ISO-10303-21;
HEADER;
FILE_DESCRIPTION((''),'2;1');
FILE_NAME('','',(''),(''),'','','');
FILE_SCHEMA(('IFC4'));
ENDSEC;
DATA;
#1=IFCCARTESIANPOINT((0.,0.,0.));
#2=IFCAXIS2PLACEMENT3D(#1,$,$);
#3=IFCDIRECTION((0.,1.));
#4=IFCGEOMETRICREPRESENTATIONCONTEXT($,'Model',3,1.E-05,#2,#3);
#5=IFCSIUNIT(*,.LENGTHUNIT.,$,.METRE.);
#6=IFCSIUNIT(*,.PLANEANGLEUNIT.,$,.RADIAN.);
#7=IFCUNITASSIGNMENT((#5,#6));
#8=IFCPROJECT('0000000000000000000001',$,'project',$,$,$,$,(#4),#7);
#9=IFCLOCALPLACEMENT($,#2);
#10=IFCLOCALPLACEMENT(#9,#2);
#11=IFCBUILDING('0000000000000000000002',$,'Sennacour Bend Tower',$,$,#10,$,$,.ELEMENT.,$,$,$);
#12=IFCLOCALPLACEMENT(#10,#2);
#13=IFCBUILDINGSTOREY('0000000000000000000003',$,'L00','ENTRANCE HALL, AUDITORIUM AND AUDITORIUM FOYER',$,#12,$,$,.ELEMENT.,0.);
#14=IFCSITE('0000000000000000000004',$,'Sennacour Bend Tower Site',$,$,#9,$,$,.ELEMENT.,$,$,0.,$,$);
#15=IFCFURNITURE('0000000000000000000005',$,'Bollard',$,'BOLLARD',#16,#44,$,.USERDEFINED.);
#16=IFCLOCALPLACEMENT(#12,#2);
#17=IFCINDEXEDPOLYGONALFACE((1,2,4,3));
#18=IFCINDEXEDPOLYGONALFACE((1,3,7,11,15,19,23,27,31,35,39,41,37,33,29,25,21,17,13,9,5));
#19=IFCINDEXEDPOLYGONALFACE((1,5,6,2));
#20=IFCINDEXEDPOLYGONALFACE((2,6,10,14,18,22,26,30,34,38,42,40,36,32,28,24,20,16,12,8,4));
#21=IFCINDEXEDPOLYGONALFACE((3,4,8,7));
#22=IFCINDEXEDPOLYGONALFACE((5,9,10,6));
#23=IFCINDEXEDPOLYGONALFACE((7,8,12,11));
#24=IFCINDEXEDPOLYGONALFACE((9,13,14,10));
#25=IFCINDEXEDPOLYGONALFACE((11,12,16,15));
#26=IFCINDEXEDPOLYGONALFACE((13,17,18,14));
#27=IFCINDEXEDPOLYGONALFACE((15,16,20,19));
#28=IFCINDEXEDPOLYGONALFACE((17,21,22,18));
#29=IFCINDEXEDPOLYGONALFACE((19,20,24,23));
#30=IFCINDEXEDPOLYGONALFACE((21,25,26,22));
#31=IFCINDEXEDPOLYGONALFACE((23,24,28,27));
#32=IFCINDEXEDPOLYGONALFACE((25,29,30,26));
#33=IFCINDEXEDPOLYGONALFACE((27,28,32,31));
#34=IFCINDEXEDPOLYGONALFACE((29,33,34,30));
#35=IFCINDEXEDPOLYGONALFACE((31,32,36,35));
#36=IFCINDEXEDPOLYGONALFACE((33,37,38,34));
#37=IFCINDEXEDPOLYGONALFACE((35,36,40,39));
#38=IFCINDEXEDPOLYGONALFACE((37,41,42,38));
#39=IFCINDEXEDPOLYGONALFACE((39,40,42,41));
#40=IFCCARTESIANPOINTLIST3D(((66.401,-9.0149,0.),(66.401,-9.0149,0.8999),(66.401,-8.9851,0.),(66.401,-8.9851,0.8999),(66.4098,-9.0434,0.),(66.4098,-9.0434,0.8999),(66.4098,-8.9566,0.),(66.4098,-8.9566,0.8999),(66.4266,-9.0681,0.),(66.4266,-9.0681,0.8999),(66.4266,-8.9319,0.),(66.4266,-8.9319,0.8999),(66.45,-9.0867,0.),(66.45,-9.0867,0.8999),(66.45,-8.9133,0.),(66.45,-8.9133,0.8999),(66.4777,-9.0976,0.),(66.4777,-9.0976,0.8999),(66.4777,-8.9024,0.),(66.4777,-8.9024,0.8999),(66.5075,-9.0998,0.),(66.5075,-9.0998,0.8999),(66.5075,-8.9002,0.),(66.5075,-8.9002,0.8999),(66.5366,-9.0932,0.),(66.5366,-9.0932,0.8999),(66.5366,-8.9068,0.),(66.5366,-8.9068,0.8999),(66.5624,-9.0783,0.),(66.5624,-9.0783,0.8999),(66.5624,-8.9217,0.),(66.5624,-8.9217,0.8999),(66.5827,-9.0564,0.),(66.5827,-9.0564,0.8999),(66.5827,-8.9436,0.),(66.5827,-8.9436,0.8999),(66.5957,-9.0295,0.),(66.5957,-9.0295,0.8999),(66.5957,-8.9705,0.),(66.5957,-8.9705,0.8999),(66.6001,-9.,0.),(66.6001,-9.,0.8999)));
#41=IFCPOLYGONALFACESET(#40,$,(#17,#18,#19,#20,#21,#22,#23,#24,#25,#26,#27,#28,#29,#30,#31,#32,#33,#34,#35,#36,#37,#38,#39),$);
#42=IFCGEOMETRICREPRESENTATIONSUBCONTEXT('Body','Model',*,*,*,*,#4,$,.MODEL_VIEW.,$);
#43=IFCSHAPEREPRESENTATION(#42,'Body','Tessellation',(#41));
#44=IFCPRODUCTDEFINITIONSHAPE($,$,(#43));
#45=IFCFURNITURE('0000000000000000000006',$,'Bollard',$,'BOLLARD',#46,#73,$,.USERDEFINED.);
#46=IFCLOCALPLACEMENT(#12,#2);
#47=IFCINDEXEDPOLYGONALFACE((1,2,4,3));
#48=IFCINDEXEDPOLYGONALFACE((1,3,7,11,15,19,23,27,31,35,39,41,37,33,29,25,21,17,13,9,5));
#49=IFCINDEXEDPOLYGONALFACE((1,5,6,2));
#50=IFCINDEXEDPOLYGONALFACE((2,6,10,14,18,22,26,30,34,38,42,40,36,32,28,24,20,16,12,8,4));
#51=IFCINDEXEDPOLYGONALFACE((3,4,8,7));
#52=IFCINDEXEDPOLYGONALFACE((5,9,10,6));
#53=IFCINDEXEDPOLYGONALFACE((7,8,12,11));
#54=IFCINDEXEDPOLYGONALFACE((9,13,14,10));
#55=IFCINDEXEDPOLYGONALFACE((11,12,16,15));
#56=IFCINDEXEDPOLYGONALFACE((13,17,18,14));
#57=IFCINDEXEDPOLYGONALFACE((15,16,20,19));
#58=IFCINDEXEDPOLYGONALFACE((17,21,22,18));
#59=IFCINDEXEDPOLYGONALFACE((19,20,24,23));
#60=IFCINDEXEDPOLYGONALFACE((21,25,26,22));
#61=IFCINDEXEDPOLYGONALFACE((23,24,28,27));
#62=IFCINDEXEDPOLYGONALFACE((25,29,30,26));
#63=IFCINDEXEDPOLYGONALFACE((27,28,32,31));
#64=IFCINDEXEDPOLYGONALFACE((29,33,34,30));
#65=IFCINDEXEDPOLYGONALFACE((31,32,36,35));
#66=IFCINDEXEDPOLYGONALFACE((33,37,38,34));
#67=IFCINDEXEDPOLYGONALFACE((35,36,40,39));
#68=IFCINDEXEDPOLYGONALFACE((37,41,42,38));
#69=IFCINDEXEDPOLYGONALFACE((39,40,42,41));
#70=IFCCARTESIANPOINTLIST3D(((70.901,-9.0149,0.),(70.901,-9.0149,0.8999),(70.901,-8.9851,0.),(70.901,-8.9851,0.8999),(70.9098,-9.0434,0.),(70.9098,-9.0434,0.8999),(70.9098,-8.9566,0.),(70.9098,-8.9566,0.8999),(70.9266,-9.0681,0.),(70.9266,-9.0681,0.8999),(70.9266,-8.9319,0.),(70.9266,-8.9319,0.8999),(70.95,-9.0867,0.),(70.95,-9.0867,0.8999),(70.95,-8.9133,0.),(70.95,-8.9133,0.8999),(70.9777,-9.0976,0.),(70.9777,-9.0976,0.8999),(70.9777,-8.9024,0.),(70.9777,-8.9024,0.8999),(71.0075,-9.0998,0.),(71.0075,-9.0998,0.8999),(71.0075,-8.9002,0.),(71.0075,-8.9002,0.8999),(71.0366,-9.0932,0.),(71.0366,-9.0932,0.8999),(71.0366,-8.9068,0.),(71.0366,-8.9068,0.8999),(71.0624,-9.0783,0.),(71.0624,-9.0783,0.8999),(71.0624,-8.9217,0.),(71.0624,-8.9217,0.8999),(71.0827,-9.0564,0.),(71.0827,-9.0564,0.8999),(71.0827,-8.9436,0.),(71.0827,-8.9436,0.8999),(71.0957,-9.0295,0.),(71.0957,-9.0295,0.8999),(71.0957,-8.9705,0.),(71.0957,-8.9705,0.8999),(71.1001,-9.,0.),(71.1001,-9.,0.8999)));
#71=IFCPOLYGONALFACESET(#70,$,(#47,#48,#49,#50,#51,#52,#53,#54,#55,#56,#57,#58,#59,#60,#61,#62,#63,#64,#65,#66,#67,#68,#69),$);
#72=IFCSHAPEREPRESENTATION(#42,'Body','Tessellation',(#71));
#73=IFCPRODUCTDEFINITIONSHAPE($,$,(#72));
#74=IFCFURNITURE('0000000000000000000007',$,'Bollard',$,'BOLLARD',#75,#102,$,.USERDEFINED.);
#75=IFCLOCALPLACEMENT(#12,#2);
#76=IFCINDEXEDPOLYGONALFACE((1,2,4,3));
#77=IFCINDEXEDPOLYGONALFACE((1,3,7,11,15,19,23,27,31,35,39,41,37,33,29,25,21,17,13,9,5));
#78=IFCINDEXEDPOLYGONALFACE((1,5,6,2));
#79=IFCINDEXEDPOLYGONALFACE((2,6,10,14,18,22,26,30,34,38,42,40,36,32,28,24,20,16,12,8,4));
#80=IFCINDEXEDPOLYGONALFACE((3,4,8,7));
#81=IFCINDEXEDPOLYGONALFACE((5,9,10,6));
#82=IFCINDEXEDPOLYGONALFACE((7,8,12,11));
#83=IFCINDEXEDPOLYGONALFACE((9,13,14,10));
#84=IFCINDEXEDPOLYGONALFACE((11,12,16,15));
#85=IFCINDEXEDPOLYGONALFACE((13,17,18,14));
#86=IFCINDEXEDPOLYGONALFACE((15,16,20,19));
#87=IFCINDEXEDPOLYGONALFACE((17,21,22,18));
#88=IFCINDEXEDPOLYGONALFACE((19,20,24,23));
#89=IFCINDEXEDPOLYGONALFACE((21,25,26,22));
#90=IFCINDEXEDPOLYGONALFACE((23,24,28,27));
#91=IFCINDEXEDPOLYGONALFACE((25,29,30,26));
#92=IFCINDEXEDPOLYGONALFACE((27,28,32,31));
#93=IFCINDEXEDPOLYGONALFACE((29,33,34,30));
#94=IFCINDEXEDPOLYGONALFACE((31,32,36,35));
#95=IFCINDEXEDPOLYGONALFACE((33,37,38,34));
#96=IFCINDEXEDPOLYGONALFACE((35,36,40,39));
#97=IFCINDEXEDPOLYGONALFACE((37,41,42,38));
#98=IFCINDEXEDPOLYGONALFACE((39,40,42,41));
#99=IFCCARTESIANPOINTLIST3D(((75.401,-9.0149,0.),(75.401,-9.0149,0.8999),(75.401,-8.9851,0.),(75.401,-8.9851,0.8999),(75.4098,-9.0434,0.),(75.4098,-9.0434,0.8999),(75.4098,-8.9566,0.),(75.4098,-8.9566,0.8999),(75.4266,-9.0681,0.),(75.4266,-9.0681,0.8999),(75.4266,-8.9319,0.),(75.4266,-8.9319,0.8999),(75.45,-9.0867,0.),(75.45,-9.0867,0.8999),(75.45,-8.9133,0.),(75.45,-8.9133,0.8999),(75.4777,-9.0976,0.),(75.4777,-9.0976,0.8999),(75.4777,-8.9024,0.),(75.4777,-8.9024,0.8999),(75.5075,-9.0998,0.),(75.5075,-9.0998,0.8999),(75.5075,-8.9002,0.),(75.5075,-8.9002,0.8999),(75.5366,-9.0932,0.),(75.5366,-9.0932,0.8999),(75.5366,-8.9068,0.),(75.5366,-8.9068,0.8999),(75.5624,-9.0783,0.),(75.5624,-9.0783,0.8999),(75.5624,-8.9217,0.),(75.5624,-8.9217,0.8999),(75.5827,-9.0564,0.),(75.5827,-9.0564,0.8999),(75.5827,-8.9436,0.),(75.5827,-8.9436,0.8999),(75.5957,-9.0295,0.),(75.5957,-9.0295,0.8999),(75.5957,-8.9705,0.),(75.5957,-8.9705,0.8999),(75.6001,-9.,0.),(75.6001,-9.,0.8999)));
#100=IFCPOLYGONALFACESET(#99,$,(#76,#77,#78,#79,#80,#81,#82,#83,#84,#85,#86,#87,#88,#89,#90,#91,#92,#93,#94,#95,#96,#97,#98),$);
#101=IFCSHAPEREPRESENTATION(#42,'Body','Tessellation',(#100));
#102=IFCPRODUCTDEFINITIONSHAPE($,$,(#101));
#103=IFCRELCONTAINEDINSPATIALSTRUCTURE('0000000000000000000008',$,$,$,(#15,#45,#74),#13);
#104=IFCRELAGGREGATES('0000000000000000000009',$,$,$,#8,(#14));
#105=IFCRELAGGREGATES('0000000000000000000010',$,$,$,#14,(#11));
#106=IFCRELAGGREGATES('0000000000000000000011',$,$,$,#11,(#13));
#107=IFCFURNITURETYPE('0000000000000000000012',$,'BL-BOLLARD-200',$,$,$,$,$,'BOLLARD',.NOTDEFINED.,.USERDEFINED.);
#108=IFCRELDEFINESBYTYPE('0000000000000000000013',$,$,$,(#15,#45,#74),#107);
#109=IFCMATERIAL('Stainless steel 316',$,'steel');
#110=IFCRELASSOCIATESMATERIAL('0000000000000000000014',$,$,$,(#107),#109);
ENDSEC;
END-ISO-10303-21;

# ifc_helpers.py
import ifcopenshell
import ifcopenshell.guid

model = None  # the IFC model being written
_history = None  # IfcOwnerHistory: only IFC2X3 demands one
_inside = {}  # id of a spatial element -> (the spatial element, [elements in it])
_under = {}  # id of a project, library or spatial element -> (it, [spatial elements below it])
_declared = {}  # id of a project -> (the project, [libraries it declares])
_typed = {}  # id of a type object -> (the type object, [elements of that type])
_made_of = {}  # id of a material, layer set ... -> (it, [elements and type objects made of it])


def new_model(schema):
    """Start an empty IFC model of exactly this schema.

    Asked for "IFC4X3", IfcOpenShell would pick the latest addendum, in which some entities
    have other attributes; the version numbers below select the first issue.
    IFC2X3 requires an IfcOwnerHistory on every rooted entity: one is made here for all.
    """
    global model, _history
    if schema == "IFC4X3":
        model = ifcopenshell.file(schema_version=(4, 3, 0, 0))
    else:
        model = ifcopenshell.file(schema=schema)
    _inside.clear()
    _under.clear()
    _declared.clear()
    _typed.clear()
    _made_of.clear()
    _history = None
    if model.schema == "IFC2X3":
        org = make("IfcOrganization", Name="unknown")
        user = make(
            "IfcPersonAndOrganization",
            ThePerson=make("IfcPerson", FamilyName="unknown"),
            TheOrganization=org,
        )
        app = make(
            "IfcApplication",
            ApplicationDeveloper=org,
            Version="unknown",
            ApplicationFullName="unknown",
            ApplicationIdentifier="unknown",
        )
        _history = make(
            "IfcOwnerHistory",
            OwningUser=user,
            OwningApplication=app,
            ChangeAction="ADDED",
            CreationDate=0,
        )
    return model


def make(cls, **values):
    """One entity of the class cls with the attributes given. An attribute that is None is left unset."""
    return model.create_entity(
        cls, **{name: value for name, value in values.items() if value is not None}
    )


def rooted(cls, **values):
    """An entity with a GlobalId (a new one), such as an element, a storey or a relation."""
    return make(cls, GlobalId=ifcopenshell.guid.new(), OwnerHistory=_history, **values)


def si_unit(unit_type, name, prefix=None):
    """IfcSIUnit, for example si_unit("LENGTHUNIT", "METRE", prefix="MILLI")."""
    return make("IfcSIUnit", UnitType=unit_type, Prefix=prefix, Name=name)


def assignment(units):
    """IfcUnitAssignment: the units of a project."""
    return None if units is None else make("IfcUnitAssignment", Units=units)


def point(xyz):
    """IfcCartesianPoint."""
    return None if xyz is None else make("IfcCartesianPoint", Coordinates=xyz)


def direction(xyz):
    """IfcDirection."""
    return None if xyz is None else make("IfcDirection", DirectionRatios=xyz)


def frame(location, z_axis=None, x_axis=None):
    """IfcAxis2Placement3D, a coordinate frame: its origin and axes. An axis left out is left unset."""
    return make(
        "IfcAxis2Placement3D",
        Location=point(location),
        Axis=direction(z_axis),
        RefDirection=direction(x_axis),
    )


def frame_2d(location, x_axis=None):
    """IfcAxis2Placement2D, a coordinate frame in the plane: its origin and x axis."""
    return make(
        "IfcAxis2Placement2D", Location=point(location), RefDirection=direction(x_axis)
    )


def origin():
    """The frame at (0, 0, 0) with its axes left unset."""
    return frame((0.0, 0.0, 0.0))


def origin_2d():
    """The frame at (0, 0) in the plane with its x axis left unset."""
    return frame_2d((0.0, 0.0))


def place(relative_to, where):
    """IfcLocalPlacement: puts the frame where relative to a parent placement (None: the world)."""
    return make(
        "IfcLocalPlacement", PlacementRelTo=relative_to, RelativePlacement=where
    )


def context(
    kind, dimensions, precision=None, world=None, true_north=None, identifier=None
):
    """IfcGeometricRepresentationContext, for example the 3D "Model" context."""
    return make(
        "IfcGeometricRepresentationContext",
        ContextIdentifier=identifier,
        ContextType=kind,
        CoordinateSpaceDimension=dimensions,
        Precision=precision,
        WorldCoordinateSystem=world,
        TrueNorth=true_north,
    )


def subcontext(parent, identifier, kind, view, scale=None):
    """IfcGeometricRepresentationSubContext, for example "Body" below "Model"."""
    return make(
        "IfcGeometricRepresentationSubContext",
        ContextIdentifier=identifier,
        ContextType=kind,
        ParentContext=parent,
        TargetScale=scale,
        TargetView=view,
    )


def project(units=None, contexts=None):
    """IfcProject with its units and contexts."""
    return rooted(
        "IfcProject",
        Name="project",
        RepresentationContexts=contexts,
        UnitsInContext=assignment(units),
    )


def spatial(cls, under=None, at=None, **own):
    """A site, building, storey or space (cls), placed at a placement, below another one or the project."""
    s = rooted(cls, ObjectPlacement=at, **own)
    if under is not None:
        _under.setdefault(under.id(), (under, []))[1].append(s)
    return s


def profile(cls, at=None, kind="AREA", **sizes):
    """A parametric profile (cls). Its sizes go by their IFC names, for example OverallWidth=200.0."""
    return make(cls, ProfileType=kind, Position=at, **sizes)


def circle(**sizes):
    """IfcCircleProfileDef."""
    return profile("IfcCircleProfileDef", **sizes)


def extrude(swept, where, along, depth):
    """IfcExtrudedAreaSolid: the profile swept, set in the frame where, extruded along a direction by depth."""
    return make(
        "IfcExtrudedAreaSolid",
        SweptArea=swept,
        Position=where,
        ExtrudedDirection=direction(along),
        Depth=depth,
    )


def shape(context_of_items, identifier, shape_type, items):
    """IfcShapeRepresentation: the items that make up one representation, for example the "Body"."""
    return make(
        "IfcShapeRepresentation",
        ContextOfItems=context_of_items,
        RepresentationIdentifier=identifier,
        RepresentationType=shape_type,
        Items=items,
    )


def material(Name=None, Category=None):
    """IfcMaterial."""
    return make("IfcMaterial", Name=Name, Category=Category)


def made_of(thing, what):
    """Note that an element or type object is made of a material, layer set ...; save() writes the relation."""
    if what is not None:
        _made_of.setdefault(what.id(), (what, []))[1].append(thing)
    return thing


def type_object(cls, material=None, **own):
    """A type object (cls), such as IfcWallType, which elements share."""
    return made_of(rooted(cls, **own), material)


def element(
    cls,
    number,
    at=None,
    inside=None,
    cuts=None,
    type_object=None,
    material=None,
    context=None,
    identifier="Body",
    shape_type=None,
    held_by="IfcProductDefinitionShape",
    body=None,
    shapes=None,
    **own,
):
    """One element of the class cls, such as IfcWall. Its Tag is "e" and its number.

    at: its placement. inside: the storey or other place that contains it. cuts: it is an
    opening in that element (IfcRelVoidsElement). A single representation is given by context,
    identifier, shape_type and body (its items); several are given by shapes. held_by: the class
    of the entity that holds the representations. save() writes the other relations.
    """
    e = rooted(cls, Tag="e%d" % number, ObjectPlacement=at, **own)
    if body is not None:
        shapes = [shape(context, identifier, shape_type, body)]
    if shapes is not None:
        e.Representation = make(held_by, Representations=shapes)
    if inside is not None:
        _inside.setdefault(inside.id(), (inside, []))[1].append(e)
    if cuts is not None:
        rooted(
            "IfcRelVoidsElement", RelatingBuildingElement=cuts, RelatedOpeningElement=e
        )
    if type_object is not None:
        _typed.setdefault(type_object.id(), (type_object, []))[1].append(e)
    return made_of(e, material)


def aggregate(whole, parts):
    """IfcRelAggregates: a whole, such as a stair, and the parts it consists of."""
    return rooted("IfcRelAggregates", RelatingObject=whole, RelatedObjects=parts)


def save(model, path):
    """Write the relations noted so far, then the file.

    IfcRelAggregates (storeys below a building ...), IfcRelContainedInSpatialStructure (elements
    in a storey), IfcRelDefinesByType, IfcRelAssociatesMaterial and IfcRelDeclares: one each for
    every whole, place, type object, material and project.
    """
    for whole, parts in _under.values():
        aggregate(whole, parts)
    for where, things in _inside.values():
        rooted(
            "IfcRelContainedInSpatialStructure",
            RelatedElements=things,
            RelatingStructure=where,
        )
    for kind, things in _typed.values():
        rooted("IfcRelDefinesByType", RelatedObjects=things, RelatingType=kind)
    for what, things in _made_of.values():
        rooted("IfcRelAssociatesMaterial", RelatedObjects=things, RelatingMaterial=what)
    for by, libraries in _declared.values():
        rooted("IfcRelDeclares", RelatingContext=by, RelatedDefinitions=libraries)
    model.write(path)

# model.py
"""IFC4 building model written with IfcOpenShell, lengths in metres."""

from ifc_helpers import new_model, si_unit, direction, frame, origin, origin_2d, place, context, subcontext, project, spatial, circle, extrude, material, type_object, element, save


model = new_model("IFC4")

# Units and contexts
model_context = context("Model", 3, precision=1e-05, world=origin(), true_north=direction((0.0, 1.0)))
body_context = subcontext(model_context, "Body", "Model", "MODEL_VIEW")
ifc_project = project(units=[si_unit("LENGTHUNIT", "METRE"), si_unit("PLANEANGLEUNIT", "RADIAN")], contexts=[model_context])

# Site, building, storey
site_placement = place(None, origin())
site = spatial("IfcSite", under=ifc_project, at=site_placement, Name="Sennacour Bend Tower Site", CompositionType="ELEMENT", RefElevation=0.0)
building_placement = place(site_placement, origin())
building = spatial("IfcBuilding", under=site, at=building_placement, Name="Sennacour Bend Tower", CompositionType="ELEMENT")
storey_placement = place(building_placement, origin())
storey = spatial("IfcBuildingStorey", under=building, at=storey_placement, Name="L00", Description="ENTRANCE HALL, AUDITORIUM AND AUDITORIUM FOYER", CompositionType="ELEMENT", Elevation=0.0)

# Shared definitions
ifc_material_1 = material(Name="Stainless steel 316", Category="steel")

# Furniture
furniture_type = type_object("IfcFurnitureType", Name="BL-BOLLARD-200", ElementType="BOLLARD", AssemblyPlace="NOTDEFINED", PredefinedType="USERDEFINED", material=ifc_material_1)
for number, where, z_axis, x_axis, name in (
    (1, (66.5, -9.0, 0.8999), (0.0, 0.0, -1.0), (1.0, 0.0, 0.0), "Bollard"),
    (2, (71.0, -9.0, 0.8999), (0.0, 0.0, -1.0), (1.0, 0.0, 0.0), "Bollard"),
    (3, (75.5, -9.0, 0.8999), (0.0, 0.0, -1.0), (1.0, 0.0, 0.0), "Bollard"),
):
    element("IfcFurniture", number, at=place(storey_placement, frame(where, z_axis=z_axis, x_axis=x_axis)), inside=storey, type_object=furniture_type, Name=name, ObjectType="BOLLARD", PredefinedType="USERDEFINED", context=body_context, shape_type="SweptSolid", body=[
        extrude(circle(Radius=0.1001, at=origin_2d()), origin(), (0.0, 0.0, 1.0), 0.8999),
    ])

save(model, "model.ifc")
